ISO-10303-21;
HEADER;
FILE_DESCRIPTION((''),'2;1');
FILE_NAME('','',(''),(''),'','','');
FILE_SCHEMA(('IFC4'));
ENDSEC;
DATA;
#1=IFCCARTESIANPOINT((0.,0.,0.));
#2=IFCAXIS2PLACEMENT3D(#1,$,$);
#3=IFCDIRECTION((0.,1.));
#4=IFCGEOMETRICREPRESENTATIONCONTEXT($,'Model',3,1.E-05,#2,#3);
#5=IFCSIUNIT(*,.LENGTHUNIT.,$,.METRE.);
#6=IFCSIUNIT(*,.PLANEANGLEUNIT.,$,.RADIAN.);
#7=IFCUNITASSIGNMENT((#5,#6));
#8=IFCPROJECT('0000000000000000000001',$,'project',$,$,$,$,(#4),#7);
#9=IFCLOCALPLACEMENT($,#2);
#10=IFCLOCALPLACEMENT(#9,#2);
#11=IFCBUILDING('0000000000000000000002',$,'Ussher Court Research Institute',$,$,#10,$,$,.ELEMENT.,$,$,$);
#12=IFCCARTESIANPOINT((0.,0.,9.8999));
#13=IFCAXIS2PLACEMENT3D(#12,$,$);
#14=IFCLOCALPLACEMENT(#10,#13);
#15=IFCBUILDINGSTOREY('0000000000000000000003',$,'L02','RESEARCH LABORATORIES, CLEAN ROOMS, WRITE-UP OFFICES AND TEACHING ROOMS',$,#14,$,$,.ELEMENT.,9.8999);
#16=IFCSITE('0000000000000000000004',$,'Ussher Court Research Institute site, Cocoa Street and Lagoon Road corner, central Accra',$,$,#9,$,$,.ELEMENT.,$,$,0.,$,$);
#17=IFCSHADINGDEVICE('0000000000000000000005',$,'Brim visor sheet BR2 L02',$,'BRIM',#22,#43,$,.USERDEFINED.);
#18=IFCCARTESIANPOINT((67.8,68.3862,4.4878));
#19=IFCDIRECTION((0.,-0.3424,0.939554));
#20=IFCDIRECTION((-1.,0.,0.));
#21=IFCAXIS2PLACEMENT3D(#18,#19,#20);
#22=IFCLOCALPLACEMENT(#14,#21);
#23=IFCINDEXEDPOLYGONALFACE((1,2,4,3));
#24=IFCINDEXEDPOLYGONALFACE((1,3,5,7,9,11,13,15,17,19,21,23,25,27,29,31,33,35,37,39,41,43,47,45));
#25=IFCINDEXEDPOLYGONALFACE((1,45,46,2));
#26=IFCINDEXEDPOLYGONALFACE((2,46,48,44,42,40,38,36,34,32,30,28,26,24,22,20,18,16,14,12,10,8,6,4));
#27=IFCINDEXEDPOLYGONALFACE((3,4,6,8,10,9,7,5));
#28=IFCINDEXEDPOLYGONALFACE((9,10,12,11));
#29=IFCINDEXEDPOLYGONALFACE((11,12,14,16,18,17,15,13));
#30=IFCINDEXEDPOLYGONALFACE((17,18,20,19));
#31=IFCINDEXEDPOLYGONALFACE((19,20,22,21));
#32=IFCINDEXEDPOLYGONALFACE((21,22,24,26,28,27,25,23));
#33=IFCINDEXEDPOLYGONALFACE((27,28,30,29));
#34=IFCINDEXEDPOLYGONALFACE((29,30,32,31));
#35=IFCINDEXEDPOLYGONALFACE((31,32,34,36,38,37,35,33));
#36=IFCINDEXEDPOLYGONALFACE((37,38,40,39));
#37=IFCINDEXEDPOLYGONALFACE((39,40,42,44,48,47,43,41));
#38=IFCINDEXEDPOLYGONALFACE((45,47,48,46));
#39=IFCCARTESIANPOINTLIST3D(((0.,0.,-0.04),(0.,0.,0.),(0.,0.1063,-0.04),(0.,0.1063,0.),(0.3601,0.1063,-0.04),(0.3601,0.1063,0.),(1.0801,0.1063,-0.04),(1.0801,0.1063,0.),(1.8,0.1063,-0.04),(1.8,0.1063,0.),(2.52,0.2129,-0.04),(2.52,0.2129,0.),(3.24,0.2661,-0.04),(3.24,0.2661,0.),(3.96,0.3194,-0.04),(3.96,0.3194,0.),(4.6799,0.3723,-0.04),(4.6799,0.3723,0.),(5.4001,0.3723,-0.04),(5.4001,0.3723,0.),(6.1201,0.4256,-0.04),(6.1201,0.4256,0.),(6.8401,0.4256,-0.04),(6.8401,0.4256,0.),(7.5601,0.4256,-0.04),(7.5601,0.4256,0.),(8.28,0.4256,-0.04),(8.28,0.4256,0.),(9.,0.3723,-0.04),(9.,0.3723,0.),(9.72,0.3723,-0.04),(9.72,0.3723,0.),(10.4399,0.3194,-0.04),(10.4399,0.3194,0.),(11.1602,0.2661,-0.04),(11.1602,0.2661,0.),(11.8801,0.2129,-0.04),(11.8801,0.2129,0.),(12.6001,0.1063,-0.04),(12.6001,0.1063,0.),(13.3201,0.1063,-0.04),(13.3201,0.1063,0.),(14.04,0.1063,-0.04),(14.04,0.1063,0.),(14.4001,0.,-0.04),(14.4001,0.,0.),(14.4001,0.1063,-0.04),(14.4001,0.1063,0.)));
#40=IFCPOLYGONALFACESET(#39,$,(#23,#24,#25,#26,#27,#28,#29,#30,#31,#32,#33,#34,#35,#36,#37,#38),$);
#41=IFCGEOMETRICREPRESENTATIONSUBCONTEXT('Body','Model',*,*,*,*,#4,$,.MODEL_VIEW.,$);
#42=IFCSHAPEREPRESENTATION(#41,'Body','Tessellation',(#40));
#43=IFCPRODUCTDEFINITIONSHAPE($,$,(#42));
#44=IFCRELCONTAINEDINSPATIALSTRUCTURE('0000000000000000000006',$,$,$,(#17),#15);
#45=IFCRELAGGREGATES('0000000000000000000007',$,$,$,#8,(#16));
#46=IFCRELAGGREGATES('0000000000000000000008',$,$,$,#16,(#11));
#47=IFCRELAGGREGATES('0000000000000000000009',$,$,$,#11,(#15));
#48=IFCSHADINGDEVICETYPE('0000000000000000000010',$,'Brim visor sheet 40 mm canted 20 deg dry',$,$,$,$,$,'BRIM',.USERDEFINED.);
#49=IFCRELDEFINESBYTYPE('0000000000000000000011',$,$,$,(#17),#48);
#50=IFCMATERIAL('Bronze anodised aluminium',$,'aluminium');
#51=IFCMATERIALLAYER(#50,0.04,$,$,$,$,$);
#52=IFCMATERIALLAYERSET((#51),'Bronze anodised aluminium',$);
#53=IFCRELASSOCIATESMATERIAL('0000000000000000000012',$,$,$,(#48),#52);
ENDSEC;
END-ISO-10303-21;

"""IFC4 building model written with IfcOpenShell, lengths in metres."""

from ifc_helpers import new_model, si_unit, direction, frame, origin, place, context, subcontext, project, spatial, polyline, outline, extrude, material, layer, layer_set, type_object, element, save


model = new_model("IFC4")

# Units and contexts
model_context = context("Model", 3, precision=1e-05, world=origin(), true_north=direction((0.0, 1.0)))
body_context = subcontext(model_context, "Body", "Model", "MODEL_VIEW")
ifc_project = project(units=[si_unit("LENGTHUNIT", "METRE"), si_unit("PLANEANGLEUNIT", "RADIAN")], contexts=[model_context])

# Site, building, storey
site_placement = place(None, origin())
site = spatial("IfcSite", under=ifc_project, at=site_placement, Name="Ussher Court Research Institute site, Cocoa Street and Lagoon Road corner, central Accra", CompositionType="ELEMENT", RefElevation=0.0)
building_placement = place(site_placement, origin())
building = spatial("IfcBuilding", under=site, at=building_placement, Name="Ussher Court Research Institute", CompositionType="ELEMENT")
storey_placement = place(building_placement, frame((0.0, 0.0, 9.8999)))
storey = spatial("IfcBuildingStorey", under=building, at=storey_placement, Name="L02", Description="RESEARCH LABORATORIES, CLEAN ROOMS, WRITE-UP OFFICES AND TEACHING ROOMS", CompositionType="ELEMENT", Elevation=9.8999)

# Shading device
ifc_material_1 = material(Name="Bronze anodised aluminium", Category="aluminium")
ifc_layer_1 = layer(ifc_material_1, 0.04)
ifc_layer_set_1 = layer_set([ifc_layer_1], Name="Bronze anodised aluminium")
shading_device_type_1 = type_object("IfcShadingDeviceType", Name="Brim visor sheet 40 mm canted 20 deg dry", ElementType="BRIM", PredefinedType="USERDEFINED", material=ifc_layer_set_1)
shading_device_1_placement = place(storey_placement, frame((67.8, 68.3862, 4.4878), z_axis=(0.0, -0.3424, 0.939554), x_axis=(-1.0, 0.0, 0.0)))
element("IfcShadingDevice", 1, at=shading_device_1_placement, inside=storey, type_object=shading_device_type_1, Name="Brim visor sheet BR2 L02", ObjectType="BRIM", PredefinedType="USERDEFINED", context=body_context, shape_type="SweptSolid", body=[
    extrude(outline(polyline([(0.0, 0.0), (14.4001, 0.0), (14.4001, 0.1063), (14.04, 0.1063), (13.3201, 0.1063), (12.6001, 0.1063), (11.8801, 0.2129), (11.1602, 0.2661), (10.4399, 0.3194), (9.72, 0.3723), (9.0, 0.3723), (8.28, 0.4256), (7.5601, 0.4256), (6.8401, 0.4256), (6.1201, 0.4256), (5.4001, 0.3723), (4.6799, 0.3723), (3.96, 0.3194), (3.24, 0.2661), (2.52, 0.2129), (1.8, 0.1063), (1.0801, 0.1063), (0.3601, 0.1063), (0.0, 0.1063), (0.0, 0.0)])), origin(), (0.0, 0.0, -1.0), 0.04),
])

save(model, "model.ifc")
